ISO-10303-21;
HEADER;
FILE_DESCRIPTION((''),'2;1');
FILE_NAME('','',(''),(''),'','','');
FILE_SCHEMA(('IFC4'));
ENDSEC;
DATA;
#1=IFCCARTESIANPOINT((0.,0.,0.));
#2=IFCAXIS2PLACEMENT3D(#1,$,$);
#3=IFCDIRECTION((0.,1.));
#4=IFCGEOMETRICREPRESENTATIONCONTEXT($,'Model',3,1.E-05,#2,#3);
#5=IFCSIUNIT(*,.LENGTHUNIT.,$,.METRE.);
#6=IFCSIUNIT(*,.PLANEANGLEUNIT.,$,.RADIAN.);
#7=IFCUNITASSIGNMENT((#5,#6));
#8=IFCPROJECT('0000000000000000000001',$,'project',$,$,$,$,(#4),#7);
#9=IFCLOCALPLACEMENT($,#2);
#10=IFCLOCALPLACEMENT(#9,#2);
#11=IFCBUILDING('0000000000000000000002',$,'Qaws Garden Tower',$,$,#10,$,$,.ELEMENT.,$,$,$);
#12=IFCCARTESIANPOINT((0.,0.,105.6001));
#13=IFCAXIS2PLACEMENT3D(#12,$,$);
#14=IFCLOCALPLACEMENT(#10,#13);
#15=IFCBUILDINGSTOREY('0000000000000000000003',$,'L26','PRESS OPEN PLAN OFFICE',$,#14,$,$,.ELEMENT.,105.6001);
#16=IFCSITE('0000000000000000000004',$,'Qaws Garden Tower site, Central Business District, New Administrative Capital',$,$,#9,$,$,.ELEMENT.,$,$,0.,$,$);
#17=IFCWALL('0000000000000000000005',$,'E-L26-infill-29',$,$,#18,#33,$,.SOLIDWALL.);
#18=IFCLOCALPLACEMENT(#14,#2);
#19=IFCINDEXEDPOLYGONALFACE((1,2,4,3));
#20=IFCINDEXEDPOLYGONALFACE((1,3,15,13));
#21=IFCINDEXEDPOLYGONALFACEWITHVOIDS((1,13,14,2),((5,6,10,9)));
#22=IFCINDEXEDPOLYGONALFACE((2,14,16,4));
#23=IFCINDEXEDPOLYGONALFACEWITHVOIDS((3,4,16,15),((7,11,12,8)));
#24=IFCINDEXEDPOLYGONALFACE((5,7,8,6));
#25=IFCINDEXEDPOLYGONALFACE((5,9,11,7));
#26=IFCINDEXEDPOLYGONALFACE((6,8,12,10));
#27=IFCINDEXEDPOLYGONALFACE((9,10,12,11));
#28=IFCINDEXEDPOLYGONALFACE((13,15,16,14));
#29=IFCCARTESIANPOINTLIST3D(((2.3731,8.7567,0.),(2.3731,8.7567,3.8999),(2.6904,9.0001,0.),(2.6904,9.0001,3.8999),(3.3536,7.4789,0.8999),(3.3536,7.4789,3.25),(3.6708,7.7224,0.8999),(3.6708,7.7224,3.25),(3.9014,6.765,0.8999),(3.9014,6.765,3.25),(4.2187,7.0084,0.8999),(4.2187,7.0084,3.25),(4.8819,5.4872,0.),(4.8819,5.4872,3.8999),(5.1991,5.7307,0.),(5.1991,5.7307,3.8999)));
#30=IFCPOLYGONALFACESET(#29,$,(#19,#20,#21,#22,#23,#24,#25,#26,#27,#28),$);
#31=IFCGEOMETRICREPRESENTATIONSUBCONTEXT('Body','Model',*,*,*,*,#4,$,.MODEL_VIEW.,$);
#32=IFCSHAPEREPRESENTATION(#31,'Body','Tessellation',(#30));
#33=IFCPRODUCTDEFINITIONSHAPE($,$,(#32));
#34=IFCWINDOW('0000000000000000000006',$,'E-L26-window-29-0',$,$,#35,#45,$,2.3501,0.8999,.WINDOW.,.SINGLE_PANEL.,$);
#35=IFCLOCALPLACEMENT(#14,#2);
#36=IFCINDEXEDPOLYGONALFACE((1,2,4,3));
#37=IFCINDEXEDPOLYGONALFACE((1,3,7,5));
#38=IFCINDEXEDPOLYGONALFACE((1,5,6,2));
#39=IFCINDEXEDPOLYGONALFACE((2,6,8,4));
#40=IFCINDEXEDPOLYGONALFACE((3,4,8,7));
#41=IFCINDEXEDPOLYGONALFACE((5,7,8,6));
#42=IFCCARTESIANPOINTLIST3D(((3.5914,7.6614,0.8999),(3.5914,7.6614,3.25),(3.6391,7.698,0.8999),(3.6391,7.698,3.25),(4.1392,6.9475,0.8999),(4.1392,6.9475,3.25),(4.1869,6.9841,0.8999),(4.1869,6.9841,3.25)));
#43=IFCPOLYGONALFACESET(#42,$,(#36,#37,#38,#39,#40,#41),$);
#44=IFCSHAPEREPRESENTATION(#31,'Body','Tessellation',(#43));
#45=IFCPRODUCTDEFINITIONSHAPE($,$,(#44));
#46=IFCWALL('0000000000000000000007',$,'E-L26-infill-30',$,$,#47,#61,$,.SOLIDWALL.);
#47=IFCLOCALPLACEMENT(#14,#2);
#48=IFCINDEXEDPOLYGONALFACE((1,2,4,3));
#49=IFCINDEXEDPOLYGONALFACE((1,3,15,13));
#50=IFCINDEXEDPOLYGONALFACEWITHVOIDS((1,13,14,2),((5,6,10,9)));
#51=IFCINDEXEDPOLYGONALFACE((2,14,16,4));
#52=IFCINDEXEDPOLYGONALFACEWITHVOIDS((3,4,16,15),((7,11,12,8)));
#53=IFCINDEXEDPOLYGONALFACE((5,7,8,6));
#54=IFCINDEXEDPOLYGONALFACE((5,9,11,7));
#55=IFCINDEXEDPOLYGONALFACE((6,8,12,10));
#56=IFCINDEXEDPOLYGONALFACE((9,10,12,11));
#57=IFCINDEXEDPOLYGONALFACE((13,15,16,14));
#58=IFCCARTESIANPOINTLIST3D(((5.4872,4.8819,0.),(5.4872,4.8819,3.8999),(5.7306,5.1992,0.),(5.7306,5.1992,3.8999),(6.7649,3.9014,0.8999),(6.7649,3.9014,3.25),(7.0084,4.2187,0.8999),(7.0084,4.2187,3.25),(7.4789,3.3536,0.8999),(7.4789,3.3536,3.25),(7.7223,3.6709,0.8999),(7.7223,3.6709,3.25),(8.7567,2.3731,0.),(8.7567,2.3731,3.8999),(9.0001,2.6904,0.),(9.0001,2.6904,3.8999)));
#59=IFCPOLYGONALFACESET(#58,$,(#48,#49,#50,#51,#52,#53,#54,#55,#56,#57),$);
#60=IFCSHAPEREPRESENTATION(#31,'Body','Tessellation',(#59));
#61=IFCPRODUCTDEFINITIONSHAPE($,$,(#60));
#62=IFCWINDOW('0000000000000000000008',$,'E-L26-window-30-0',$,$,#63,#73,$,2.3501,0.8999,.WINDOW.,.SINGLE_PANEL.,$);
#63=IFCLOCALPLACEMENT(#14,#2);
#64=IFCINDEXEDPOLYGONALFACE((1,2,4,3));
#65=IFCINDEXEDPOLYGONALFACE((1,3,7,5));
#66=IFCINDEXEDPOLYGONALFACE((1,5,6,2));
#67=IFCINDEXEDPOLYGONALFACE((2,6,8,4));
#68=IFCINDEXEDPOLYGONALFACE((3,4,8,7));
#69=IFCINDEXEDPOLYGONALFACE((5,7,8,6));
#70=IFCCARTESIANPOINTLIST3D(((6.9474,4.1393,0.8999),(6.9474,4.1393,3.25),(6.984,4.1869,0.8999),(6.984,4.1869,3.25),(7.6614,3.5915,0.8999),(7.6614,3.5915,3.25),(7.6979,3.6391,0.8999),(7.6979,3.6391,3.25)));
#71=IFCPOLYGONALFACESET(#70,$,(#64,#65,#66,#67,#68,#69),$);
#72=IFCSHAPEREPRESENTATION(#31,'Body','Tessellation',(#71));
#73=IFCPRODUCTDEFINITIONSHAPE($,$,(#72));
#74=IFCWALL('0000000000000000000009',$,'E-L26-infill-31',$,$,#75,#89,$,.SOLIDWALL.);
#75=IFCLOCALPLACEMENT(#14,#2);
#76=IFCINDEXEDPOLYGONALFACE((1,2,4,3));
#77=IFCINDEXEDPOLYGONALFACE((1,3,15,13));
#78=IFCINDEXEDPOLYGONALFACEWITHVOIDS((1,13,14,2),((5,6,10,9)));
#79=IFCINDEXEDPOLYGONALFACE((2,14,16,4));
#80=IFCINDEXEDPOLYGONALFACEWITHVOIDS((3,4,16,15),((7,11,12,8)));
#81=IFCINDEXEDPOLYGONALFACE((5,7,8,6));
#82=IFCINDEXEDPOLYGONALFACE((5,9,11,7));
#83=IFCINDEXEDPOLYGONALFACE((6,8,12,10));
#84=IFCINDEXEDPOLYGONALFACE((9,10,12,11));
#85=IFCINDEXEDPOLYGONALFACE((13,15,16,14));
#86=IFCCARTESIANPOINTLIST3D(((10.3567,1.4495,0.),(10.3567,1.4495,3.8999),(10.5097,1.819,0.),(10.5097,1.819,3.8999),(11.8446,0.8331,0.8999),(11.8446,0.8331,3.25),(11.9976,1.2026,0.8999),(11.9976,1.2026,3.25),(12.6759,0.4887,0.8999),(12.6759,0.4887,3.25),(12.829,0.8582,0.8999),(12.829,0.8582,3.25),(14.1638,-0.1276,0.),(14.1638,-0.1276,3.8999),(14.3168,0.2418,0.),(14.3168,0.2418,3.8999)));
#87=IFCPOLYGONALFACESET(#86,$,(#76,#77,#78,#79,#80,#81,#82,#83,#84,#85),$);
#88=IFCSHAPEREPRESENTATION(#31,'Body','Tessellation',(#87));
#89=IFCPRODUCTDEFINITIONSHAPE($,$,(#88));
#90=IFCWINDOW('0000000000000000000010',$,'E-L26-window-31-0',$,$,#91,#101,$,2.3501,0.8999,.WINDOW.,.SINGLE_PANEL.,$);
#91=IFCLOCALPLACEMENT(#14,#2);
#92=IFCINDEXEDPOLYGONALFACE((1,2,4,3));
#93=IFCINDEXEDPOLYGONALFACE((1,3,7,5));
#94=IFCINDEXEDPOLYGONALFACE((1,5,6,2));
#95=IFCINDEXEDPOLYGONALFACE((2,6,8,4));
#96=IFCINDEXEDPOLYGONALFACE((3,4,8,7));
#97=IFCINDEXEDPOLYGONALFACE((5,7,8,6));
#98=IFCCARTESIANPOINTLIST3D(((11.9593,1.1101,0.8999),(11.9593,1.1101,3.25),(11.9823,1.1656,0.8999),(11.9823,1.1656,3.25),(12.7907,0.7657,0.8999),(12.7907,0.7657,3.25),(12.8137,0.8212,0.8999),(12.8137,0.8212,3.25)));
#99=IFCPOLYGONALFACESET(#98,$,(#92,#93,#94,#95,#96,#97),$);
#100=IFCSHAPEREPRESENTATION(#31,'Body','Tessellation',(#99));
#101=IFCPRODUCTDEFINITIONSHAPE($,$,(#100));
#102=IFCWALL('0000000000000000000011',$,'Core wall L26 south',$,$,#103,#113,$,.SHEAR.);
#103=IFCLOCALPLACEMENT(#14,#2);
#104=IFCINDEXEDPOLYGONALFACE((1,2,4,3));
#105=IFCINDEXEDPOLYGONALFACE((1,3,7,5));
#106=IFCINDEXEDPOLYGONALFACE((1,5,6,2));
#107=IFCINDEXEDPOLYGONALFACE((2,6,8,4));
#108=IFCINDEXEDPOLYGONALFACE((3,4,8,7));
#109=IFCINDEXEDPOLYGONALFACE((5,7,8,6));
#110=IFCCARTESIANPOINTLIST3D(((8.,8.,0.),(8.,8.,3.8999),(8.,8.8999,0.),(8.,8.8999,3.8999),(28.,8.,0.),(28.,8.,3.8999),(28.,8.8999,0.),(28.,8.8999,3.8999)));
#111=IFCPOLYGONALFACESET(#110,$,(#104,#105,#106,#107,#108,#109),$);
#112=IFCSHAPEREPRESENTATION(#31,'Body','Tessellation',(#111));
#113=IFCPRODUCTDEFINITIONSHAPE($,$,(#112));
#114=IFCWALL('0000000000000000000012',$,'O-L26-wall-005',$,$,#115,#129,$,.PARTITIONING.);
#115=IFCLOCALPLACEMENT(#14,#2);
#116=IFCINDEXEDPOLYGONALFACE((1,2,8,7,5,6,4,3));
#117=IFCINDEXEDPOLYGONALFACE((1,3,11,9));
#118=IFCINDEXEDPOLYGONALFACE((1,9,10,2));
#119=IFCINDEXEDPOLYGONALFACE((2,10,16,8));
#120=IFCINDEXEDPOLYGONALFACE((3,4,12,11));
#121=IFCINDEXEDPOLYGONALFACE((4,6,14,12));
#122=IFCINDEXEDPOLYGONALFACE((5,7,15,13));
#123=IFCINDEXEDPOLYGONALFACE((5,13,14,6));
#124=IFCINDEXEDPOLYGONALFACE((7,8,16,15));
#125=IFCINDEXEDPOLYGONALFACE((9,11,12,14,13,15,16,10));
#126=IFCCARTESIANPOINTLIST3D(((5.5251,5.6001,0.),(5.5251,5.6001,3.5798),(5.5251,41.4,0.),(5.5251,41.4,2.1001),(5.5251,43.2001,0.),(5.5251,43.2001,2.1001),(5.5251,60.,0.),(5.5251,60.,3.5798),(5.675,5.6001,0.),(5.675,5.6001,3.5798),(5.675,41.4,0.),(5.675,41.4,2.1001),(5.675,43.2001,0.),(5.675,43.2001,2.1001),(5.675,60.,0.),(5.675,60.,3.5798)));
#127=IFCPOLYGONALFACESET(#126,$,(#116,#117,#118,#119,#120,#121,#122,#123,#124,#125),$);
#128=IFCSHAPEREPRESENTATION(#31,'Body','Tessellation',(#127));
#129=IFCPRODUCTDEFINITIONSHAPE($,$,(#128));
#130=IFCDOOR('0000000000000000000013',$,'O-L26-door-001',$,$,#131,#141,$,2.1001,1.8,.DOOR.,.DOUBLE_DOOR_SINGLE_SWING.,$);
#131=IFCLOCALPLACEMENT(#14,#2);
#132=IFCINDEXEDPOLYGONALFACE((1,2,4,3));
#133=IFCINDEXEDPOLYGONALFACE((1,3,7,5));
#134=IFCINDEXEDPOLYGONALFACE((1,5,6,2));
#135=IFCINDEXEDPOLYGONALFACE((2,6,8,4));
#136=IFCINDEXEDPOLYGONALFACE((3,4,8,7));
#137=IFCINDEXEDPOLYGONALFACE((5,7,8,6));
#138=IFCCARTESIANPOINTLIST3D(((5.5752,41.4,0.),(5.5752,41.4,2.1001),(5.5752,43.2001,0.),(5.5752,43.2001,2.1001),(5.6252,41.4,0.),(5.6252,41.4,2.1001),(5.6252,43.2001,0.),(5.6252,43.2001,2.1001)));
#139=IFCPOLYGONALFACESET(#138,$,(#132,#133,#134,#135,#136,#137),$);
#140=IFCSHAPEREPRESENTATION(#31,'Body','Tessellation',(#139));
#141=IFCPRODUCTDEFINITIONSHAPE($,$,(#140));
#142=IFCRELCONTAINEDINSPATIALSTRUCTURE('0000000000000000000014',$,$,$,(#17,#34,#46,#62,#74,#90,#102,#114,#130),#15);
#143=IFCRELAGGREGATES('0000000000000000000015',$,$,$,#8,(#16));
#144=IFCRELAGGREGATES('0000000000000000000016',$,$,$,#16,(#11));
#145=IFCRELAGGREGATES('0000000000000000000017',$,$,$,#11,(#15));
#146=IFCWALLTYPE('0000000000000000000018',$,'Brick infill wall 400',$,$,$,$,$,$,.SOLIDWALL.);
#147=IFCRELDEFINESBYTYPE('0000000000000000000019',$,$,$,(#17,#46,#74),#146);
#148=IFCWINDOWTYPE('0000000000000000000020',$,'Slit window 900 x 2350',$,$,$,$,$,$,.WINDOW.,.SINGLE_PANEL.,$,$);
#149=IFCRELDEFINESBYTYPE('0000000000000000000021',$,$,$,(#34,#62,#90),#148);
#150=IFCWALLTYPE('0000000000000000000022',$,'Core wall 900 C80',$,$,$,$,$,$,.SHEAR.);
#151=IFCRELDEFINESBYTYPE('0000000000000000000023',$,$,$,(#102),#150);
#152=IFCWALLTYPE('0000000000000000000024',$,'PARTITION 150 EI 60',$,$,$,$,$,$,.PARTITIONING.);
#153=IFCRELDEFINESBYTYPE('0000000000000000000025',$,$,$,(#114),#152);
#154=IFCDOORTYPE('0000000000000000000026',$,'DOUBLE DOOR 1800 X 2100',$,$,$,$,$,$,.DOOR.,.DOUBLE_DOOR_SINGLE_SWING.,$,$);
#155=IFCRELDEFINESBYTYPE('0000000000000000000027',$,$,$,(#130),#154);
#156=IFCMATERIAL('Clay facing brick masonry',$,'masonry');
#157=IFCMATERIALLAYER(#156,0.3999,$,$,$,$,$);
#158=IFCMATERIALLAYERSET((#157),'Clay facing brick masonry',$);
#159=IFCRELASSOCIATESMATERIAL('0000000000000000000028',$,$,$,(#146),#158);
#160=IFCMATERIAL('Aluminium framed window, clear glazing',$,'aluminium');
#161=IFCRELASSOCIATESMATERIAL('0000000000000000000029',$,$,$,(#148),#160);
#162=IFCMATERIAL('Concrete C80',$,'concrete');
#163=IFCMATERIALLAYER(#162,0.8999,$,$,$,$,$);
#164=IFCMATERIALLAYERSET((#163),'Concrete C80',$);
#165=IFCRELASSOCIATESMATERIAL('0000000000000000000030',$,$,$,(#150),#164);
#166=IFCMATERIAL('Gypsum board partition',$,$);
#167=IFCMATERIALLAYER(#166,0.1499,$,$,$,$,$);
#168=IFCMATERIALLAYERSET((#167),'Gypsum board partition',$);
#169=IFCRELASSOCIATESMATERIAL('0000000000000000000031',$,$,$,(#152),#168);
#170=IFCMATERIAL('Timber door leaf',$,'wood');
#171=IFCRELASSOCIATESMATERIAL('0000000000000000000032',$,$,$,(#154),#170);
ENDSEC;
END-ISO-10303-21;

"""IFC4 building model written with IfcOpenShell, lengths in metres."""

from ifc_helpers import new_model, si_unit, direction, frame, frame_2d, origin, place, context, subcontext, project, spatial, rectangle, extrude, material, layer, layer_set, type_object, element, fill, save


model = new_model("IFC4")

# Units and contexts
model_context = context("Model", 3, precision=1e-05, world=origin(), true_north=direction((0.0, 1.0)))
body_context = subcontext(model_context, "Body", "Model", "MODEL_VIEW")
ifc_project = project(units=[si_unit("LENGTHUNIT", "METRE"), si_unit("PLANEANGLEUNIT", "RADIAN")], contexts=[model_context])

# Site, building, storey
site_placement = place(None, origin())
site = spatial("IfcSite", under=ifc_project, at=site_placement, Name="Qaws Garden Tower site, Central Business District, New Administrative Capital", CompositionType="ELEMENT", RefElevation=0.0)
building_placement = place(site_placement, origin())
building = spatial("IfcBuilding", under=site, at=building_placement, Name="Qaws Garden Tower", CompositionType="ELEMENT")
storey_placement = place(building_placement, frame((0.0, 0.0, 105.6001)))
storey = spatial("IfcBuildingStorey", under=building, at=storey_placement, Name="L26", Description="PRESS OPEN PLAN OFFICE", CompositionType="ELEMENT", Elevation=105.6001)

# Walls, openings, windows
ifc_material_1 = material(Name="Clay facing brick masonry", Category="masonry")
ifc_layer_1 = layer(ifc_material_1, 0.3999)
ifc_layer_set_1 = layer_set([ifc_layer_1], Name="Clay facing brick masonry")
wall_type_1 = type_object("IfcWallType", Name="Brick infill wall 400", PredefinedType="SOLIDWALL", material=ifc_layer_set_1)
wall_1_placement = place(storey_placement, frame((2.5317, 8.8784, 0.0), z_axis=(0.0, 0.0, 1.0), x_axis=(0.60876, -0.793355, 0.0)))
wall_1 = element("IfcWall", 1, at=wall_1_placement, inside=storey, type_object=wall_type_1, Name="E-L26-infill-29", PredefinedType="SOLIDWALL", context=body_context, shape_type="SweptSolid", body=[
    extrude(rectangle(XDim=4.1211, YDim=0.3999, at=frame_2d((2.0605, 0.0))), origin(), (0.0, 0.0, 1.0), 3.8999),
])
opening_1_placement = place(wall_1_placement, frame((1.6106, 0.0, 0.8999)))
opening_1 = element("IfcOpeningElement", 2, at=opening_1_placement, cuts=wall_1, PredefinedType="OPENING", context=body_context, shape_type="SweptSolid", body=[
    extrude(rectangle(XDim=0.8999, YDim=2.3501, at=frame_2d((0.45, 1.175))), frame((0.0, 0.21, 0.0), z_axis=(0.0, -1.0, 0.0), x_axis=(1.0, 0.0, 0.0)), (0.0, 0.0, 1.0), 0.4199),
])
ifc_material_2 = material(Name="Aluminium framed window, clear glazing", Category="aluminium")
window_type = type_object("IfcWindowType", Name="Slit window 900 x 2350", PartitioningType="SINGLE_PANEL", PredefinedType="WINDOW", material=ifc_material_2)
window_1_placement = place(opening_1_placement, origin())
window_1 = element("IfcWindow", 3, at=window_1_placement, inside=storey, type_object=window_type, Name="E-L26-window-29-0", OverallHeight=2.3501, OverallWidth=0.8999, PartitioningType="SINGLE_PANEL", PredefinedType="WINDOW", context=body_context, shape_type="SweptSolid", body=[
    extrude(rectangle(XDim=0.8999, YDim=2.3501, at=frame_2d((0.45, 1.175))), frame((0.0, 0.1599, 0.0), z_axis=(0.0, -1.0, 0.0), x_axis=(1.0, 0.0, 0.0)), (0.0, 0.0, 1.0), 0.0601),
])
fill(opening_1, window_1)
wall_2_placement = place(storey_placement, frame((5.6089, 5.0405, 0.0), z_axis=(0.0, 0.0, 1.0), x_axis=(0.793355, -0.60876, 0.0)))
wall_2 = element("IfcWall", 4, at=wall_2_placement, inside=storey, type_object=wall_type_1, Name="E-L26-infill-30", PredefinedType="SOLIDWALL", context=body_context, shape_type="SweptSolid", body=[
    extrude(rectangle(XDim=4.1211, YDim=0.3999, at=frame_2d((2.0605, 0.0))), origin(), (0.0, 0.0, 1.0), 3.8999),
])
opening_2_placement = place(wall_2_placement, frame((1.6106, 0.0, 0.8999)))
opening_2 = element("IfcOpeningElement", 5, at=opening_2_placement, cuts=wall_2, PredefinedType="OPENING", context=body_context, shape_type="SweptSolid", body=[
    extrude(rectangle(XDim=0.8999, YDim=2.3501, at=frame_2d((0.45, 1.175))), frame((0.0, 0.21, 0.0), z_axis=(0.0, -1.0, 0.0), x_axis=(1.0, 0.0, 0.0)), (0.0, 0.0, 1.0), 0.4199),
])
window_2_placement = place(opening_2_placement, origin())
window_2 = element("IfcWindow", 6, at=window_2_placement, inside=storey, type_object=window_type, Name="E-L26-window-30-0", OverallHeight=2.3501, OverallWidth=0.8999, PartitioningType="SINGLE_PANEL", PredefinedType="WINDOW", context=body_context, shape_type="SweptSolid", body=[
    extrude(rectangle(XDim=0.8999, YDim=2.3501, at=frame_2d((0.45, 1.175))), frame((0.0, 0.1599, 0.0), z_axis=(0.0, -1.0, 0.0), x_axis=(1.0, 0.0, 0.0)), (0.0, 0.0, 1.0), 0.0601),
])
fill(opening_2, window_2)
wall_3_placement = place(storey_placement, frame((10.4331, 1.6343, 0.0), z_axis=(0.0, 0.0, 1.0), x_axis=(0.923864, -0.382722, 0.0)))
wall_3 = element("IfcWall", 7, at=wall_3_placement, inside=storey, type_object=wall_type_1, Name="E-L26-infill-31", PredefinedType="SOLIDWALL", context=body_context, shape_type="SweptSolid", body=[
    extrude(rectangle(XDim=4.1208, YDim=0.3999, at=frame_2d((2.0605, 0.0))), origin(), (0.0, 0.0, 1.0), 3.8999),
])
opening_3_placement = place(wall_3_placement, frame((1.6106, 0.0, 0.8999)))
opening_3 = element("IfcOpeningElement", 8, at=opening_3_placement, cuts=wall_3, PredefinedType="OPENING", context=body_context, shape_type="SweptSolid", body=[
    extrude(rectangle(XDim=0.8999, YDim=2.3501, at=frame_2d((0.45, 1.175))), frame((0.0, 0.21, 0.0), z_axis=(0.0, -1.0, 0.0), x_axis=(1.0, 0.0, 0.0)), (0.0, 0.0, 1.0), 0.4199),
])
window_3_placement = place(opening_3_placement, origin())
window_3 = element("IfcWindow", 9, at=window_3_placement, inside=storey, type_object=window_type, Name="E-L26-window-31-0", OverallHeight=2.3501, OverallWidth=0.8999, PartitioningType="SINGLE_PANEL", PredefinedType="WINDOW", context=body_context, shape_type="SweptSolid", body=[
    extrude(rectangle(XDim=0.8999, YDim=2.3501, at=frame_2d((0.45, 1.175))), frame((0.0, 0.1599, 0.0), z_axis=(0.0, -1.0, 0.0), x_axis=(1.0, 0.0, 0.0)), (0.0, 0.0, 1.0), 0.0601),
])
fill(opening_3, window_3)

# Wall
ifc_material_3 = material(Name="Concrete C80", Category="concrete")
ifc_layer_2 = layer(ifc_material_3, 0.8999)
ifc_layer_set_2 = layer_set([ifc_layer_2], Name="Concrete C80")
wall_type_2 = type_object("IfcWallType", Name="Core wall 900 C80", PredefinedType="SHEAR", material=ifc_layer_set_2)
wall_4_placement = place(storey_placement, frame((8.0, 8.45, 0.0), z_axis=(0.0, 0.0, 1.0), x_axis=(1.0, 0.0, 0.0)))
element("IfcWall", 10, at=wall_4_placement, inside=storey, type_object=wall_type_2, Name="Core wall L26 south", PredefinedType="SHEAR", context=body_context, shape_type="SweptSolid", body=[
    extrude(rectangle(XDim=20.0, YDim=0.8999, at=frame_2d((10.0, 0.0))), origin(), (0.0, 0.0, 1.0), 3.8999),
])

# Wall, opening, door
ifc_material_4 = material(Name="Gypsum board partition")
ifc_layer_3 = layer(ifc_material_4, 0.1499)
ifc_layer_set_3 = layer_set([ifc_layer_3], Name="Gypsum board partition")
wall_type_3 = type_object("IfcWallType", Name="PARTITION 150 EI 60", PredefinedType="PARTITIONING", material=ifc_layer_set_3)
wall_5_placement = place(storey_placement, frame((5.6001, 5.6001, 0.0), z_axis=(0.0, 0.0, 1.0), x_axis=(0.0, 1.0, 0.0)))
wall_5 = element("IfcWall", 11, at=wall_5_placement, inside=storey, type_object=wall_type_3, Name="O-L26-wall-005", PredefinedType="PARTITIONING", context=body_context, shape_type="SweptSolid", body=[
    extrude(rectangle(XDim=54.3999, YDim=0.1499, at=frame_2d((27.2, 0.0))), origin(), (0.0, 0.0, 1.0), 3.5798),
])
opening_4_placement = place(wall_5_placement, frame((35.8, 0.0, 0.0)))
opening_4 = element("IfcOpeningElement", 12, at=opening_4_placement, cuts=wall_5, PredefinedType="OPENING", context=body_context, shape_type="SweptSolid", body=[
    extrude(rectangle(XDim=1.8, YDim=2.1001, at=frame_2d((0.8999, 1.05))), frame((0.0, 0.085, 0.0), z_axis=(0.0, -1.0, 0.0), x_axis=(1.0, 0.0, 0.0)), (0.0, 0.0, 1.0), 0.1699),
])
ifc_material_5 = material(Name="Timber door leaf", Category="wood")
door_type_1 = type_object("IfcDoorType", Name="DOUBLE DOOR 1800 X 2100", OperationType="DOUBLE_DOOR_SINGLE_SWING", PredefinedType="DOOR", material=ifc_material_5)
door_1_placement = place(opening_4_placement, origin())
door_1 = element("IfcDoor", 13, at=door_1_placement, inside=storey, type_object=door_type_1, Name="O-L26-door-001", OperationType="DOUBLE_DOOR_SINGLE_SWING", OverallHeight=2.1001, OverallWidth=1.8, PredefinedType="DOOR", context=body_context, shape_type="SweptSolid", body=[
    extrude(rectangle(XDim=1.8, YDim=2.1001, at=frame_2d((0.8999, 1.05))), frame((0.0, 0.0249, 0.0), z_axis=(0.0, -1.0, 0.0), x_axis=(1.0, 0.0, 0.0)), (0.0, 0.0, 1.0), 0.05),
])
fill(opening_4, door_1)

save(model, "model.ifc")
